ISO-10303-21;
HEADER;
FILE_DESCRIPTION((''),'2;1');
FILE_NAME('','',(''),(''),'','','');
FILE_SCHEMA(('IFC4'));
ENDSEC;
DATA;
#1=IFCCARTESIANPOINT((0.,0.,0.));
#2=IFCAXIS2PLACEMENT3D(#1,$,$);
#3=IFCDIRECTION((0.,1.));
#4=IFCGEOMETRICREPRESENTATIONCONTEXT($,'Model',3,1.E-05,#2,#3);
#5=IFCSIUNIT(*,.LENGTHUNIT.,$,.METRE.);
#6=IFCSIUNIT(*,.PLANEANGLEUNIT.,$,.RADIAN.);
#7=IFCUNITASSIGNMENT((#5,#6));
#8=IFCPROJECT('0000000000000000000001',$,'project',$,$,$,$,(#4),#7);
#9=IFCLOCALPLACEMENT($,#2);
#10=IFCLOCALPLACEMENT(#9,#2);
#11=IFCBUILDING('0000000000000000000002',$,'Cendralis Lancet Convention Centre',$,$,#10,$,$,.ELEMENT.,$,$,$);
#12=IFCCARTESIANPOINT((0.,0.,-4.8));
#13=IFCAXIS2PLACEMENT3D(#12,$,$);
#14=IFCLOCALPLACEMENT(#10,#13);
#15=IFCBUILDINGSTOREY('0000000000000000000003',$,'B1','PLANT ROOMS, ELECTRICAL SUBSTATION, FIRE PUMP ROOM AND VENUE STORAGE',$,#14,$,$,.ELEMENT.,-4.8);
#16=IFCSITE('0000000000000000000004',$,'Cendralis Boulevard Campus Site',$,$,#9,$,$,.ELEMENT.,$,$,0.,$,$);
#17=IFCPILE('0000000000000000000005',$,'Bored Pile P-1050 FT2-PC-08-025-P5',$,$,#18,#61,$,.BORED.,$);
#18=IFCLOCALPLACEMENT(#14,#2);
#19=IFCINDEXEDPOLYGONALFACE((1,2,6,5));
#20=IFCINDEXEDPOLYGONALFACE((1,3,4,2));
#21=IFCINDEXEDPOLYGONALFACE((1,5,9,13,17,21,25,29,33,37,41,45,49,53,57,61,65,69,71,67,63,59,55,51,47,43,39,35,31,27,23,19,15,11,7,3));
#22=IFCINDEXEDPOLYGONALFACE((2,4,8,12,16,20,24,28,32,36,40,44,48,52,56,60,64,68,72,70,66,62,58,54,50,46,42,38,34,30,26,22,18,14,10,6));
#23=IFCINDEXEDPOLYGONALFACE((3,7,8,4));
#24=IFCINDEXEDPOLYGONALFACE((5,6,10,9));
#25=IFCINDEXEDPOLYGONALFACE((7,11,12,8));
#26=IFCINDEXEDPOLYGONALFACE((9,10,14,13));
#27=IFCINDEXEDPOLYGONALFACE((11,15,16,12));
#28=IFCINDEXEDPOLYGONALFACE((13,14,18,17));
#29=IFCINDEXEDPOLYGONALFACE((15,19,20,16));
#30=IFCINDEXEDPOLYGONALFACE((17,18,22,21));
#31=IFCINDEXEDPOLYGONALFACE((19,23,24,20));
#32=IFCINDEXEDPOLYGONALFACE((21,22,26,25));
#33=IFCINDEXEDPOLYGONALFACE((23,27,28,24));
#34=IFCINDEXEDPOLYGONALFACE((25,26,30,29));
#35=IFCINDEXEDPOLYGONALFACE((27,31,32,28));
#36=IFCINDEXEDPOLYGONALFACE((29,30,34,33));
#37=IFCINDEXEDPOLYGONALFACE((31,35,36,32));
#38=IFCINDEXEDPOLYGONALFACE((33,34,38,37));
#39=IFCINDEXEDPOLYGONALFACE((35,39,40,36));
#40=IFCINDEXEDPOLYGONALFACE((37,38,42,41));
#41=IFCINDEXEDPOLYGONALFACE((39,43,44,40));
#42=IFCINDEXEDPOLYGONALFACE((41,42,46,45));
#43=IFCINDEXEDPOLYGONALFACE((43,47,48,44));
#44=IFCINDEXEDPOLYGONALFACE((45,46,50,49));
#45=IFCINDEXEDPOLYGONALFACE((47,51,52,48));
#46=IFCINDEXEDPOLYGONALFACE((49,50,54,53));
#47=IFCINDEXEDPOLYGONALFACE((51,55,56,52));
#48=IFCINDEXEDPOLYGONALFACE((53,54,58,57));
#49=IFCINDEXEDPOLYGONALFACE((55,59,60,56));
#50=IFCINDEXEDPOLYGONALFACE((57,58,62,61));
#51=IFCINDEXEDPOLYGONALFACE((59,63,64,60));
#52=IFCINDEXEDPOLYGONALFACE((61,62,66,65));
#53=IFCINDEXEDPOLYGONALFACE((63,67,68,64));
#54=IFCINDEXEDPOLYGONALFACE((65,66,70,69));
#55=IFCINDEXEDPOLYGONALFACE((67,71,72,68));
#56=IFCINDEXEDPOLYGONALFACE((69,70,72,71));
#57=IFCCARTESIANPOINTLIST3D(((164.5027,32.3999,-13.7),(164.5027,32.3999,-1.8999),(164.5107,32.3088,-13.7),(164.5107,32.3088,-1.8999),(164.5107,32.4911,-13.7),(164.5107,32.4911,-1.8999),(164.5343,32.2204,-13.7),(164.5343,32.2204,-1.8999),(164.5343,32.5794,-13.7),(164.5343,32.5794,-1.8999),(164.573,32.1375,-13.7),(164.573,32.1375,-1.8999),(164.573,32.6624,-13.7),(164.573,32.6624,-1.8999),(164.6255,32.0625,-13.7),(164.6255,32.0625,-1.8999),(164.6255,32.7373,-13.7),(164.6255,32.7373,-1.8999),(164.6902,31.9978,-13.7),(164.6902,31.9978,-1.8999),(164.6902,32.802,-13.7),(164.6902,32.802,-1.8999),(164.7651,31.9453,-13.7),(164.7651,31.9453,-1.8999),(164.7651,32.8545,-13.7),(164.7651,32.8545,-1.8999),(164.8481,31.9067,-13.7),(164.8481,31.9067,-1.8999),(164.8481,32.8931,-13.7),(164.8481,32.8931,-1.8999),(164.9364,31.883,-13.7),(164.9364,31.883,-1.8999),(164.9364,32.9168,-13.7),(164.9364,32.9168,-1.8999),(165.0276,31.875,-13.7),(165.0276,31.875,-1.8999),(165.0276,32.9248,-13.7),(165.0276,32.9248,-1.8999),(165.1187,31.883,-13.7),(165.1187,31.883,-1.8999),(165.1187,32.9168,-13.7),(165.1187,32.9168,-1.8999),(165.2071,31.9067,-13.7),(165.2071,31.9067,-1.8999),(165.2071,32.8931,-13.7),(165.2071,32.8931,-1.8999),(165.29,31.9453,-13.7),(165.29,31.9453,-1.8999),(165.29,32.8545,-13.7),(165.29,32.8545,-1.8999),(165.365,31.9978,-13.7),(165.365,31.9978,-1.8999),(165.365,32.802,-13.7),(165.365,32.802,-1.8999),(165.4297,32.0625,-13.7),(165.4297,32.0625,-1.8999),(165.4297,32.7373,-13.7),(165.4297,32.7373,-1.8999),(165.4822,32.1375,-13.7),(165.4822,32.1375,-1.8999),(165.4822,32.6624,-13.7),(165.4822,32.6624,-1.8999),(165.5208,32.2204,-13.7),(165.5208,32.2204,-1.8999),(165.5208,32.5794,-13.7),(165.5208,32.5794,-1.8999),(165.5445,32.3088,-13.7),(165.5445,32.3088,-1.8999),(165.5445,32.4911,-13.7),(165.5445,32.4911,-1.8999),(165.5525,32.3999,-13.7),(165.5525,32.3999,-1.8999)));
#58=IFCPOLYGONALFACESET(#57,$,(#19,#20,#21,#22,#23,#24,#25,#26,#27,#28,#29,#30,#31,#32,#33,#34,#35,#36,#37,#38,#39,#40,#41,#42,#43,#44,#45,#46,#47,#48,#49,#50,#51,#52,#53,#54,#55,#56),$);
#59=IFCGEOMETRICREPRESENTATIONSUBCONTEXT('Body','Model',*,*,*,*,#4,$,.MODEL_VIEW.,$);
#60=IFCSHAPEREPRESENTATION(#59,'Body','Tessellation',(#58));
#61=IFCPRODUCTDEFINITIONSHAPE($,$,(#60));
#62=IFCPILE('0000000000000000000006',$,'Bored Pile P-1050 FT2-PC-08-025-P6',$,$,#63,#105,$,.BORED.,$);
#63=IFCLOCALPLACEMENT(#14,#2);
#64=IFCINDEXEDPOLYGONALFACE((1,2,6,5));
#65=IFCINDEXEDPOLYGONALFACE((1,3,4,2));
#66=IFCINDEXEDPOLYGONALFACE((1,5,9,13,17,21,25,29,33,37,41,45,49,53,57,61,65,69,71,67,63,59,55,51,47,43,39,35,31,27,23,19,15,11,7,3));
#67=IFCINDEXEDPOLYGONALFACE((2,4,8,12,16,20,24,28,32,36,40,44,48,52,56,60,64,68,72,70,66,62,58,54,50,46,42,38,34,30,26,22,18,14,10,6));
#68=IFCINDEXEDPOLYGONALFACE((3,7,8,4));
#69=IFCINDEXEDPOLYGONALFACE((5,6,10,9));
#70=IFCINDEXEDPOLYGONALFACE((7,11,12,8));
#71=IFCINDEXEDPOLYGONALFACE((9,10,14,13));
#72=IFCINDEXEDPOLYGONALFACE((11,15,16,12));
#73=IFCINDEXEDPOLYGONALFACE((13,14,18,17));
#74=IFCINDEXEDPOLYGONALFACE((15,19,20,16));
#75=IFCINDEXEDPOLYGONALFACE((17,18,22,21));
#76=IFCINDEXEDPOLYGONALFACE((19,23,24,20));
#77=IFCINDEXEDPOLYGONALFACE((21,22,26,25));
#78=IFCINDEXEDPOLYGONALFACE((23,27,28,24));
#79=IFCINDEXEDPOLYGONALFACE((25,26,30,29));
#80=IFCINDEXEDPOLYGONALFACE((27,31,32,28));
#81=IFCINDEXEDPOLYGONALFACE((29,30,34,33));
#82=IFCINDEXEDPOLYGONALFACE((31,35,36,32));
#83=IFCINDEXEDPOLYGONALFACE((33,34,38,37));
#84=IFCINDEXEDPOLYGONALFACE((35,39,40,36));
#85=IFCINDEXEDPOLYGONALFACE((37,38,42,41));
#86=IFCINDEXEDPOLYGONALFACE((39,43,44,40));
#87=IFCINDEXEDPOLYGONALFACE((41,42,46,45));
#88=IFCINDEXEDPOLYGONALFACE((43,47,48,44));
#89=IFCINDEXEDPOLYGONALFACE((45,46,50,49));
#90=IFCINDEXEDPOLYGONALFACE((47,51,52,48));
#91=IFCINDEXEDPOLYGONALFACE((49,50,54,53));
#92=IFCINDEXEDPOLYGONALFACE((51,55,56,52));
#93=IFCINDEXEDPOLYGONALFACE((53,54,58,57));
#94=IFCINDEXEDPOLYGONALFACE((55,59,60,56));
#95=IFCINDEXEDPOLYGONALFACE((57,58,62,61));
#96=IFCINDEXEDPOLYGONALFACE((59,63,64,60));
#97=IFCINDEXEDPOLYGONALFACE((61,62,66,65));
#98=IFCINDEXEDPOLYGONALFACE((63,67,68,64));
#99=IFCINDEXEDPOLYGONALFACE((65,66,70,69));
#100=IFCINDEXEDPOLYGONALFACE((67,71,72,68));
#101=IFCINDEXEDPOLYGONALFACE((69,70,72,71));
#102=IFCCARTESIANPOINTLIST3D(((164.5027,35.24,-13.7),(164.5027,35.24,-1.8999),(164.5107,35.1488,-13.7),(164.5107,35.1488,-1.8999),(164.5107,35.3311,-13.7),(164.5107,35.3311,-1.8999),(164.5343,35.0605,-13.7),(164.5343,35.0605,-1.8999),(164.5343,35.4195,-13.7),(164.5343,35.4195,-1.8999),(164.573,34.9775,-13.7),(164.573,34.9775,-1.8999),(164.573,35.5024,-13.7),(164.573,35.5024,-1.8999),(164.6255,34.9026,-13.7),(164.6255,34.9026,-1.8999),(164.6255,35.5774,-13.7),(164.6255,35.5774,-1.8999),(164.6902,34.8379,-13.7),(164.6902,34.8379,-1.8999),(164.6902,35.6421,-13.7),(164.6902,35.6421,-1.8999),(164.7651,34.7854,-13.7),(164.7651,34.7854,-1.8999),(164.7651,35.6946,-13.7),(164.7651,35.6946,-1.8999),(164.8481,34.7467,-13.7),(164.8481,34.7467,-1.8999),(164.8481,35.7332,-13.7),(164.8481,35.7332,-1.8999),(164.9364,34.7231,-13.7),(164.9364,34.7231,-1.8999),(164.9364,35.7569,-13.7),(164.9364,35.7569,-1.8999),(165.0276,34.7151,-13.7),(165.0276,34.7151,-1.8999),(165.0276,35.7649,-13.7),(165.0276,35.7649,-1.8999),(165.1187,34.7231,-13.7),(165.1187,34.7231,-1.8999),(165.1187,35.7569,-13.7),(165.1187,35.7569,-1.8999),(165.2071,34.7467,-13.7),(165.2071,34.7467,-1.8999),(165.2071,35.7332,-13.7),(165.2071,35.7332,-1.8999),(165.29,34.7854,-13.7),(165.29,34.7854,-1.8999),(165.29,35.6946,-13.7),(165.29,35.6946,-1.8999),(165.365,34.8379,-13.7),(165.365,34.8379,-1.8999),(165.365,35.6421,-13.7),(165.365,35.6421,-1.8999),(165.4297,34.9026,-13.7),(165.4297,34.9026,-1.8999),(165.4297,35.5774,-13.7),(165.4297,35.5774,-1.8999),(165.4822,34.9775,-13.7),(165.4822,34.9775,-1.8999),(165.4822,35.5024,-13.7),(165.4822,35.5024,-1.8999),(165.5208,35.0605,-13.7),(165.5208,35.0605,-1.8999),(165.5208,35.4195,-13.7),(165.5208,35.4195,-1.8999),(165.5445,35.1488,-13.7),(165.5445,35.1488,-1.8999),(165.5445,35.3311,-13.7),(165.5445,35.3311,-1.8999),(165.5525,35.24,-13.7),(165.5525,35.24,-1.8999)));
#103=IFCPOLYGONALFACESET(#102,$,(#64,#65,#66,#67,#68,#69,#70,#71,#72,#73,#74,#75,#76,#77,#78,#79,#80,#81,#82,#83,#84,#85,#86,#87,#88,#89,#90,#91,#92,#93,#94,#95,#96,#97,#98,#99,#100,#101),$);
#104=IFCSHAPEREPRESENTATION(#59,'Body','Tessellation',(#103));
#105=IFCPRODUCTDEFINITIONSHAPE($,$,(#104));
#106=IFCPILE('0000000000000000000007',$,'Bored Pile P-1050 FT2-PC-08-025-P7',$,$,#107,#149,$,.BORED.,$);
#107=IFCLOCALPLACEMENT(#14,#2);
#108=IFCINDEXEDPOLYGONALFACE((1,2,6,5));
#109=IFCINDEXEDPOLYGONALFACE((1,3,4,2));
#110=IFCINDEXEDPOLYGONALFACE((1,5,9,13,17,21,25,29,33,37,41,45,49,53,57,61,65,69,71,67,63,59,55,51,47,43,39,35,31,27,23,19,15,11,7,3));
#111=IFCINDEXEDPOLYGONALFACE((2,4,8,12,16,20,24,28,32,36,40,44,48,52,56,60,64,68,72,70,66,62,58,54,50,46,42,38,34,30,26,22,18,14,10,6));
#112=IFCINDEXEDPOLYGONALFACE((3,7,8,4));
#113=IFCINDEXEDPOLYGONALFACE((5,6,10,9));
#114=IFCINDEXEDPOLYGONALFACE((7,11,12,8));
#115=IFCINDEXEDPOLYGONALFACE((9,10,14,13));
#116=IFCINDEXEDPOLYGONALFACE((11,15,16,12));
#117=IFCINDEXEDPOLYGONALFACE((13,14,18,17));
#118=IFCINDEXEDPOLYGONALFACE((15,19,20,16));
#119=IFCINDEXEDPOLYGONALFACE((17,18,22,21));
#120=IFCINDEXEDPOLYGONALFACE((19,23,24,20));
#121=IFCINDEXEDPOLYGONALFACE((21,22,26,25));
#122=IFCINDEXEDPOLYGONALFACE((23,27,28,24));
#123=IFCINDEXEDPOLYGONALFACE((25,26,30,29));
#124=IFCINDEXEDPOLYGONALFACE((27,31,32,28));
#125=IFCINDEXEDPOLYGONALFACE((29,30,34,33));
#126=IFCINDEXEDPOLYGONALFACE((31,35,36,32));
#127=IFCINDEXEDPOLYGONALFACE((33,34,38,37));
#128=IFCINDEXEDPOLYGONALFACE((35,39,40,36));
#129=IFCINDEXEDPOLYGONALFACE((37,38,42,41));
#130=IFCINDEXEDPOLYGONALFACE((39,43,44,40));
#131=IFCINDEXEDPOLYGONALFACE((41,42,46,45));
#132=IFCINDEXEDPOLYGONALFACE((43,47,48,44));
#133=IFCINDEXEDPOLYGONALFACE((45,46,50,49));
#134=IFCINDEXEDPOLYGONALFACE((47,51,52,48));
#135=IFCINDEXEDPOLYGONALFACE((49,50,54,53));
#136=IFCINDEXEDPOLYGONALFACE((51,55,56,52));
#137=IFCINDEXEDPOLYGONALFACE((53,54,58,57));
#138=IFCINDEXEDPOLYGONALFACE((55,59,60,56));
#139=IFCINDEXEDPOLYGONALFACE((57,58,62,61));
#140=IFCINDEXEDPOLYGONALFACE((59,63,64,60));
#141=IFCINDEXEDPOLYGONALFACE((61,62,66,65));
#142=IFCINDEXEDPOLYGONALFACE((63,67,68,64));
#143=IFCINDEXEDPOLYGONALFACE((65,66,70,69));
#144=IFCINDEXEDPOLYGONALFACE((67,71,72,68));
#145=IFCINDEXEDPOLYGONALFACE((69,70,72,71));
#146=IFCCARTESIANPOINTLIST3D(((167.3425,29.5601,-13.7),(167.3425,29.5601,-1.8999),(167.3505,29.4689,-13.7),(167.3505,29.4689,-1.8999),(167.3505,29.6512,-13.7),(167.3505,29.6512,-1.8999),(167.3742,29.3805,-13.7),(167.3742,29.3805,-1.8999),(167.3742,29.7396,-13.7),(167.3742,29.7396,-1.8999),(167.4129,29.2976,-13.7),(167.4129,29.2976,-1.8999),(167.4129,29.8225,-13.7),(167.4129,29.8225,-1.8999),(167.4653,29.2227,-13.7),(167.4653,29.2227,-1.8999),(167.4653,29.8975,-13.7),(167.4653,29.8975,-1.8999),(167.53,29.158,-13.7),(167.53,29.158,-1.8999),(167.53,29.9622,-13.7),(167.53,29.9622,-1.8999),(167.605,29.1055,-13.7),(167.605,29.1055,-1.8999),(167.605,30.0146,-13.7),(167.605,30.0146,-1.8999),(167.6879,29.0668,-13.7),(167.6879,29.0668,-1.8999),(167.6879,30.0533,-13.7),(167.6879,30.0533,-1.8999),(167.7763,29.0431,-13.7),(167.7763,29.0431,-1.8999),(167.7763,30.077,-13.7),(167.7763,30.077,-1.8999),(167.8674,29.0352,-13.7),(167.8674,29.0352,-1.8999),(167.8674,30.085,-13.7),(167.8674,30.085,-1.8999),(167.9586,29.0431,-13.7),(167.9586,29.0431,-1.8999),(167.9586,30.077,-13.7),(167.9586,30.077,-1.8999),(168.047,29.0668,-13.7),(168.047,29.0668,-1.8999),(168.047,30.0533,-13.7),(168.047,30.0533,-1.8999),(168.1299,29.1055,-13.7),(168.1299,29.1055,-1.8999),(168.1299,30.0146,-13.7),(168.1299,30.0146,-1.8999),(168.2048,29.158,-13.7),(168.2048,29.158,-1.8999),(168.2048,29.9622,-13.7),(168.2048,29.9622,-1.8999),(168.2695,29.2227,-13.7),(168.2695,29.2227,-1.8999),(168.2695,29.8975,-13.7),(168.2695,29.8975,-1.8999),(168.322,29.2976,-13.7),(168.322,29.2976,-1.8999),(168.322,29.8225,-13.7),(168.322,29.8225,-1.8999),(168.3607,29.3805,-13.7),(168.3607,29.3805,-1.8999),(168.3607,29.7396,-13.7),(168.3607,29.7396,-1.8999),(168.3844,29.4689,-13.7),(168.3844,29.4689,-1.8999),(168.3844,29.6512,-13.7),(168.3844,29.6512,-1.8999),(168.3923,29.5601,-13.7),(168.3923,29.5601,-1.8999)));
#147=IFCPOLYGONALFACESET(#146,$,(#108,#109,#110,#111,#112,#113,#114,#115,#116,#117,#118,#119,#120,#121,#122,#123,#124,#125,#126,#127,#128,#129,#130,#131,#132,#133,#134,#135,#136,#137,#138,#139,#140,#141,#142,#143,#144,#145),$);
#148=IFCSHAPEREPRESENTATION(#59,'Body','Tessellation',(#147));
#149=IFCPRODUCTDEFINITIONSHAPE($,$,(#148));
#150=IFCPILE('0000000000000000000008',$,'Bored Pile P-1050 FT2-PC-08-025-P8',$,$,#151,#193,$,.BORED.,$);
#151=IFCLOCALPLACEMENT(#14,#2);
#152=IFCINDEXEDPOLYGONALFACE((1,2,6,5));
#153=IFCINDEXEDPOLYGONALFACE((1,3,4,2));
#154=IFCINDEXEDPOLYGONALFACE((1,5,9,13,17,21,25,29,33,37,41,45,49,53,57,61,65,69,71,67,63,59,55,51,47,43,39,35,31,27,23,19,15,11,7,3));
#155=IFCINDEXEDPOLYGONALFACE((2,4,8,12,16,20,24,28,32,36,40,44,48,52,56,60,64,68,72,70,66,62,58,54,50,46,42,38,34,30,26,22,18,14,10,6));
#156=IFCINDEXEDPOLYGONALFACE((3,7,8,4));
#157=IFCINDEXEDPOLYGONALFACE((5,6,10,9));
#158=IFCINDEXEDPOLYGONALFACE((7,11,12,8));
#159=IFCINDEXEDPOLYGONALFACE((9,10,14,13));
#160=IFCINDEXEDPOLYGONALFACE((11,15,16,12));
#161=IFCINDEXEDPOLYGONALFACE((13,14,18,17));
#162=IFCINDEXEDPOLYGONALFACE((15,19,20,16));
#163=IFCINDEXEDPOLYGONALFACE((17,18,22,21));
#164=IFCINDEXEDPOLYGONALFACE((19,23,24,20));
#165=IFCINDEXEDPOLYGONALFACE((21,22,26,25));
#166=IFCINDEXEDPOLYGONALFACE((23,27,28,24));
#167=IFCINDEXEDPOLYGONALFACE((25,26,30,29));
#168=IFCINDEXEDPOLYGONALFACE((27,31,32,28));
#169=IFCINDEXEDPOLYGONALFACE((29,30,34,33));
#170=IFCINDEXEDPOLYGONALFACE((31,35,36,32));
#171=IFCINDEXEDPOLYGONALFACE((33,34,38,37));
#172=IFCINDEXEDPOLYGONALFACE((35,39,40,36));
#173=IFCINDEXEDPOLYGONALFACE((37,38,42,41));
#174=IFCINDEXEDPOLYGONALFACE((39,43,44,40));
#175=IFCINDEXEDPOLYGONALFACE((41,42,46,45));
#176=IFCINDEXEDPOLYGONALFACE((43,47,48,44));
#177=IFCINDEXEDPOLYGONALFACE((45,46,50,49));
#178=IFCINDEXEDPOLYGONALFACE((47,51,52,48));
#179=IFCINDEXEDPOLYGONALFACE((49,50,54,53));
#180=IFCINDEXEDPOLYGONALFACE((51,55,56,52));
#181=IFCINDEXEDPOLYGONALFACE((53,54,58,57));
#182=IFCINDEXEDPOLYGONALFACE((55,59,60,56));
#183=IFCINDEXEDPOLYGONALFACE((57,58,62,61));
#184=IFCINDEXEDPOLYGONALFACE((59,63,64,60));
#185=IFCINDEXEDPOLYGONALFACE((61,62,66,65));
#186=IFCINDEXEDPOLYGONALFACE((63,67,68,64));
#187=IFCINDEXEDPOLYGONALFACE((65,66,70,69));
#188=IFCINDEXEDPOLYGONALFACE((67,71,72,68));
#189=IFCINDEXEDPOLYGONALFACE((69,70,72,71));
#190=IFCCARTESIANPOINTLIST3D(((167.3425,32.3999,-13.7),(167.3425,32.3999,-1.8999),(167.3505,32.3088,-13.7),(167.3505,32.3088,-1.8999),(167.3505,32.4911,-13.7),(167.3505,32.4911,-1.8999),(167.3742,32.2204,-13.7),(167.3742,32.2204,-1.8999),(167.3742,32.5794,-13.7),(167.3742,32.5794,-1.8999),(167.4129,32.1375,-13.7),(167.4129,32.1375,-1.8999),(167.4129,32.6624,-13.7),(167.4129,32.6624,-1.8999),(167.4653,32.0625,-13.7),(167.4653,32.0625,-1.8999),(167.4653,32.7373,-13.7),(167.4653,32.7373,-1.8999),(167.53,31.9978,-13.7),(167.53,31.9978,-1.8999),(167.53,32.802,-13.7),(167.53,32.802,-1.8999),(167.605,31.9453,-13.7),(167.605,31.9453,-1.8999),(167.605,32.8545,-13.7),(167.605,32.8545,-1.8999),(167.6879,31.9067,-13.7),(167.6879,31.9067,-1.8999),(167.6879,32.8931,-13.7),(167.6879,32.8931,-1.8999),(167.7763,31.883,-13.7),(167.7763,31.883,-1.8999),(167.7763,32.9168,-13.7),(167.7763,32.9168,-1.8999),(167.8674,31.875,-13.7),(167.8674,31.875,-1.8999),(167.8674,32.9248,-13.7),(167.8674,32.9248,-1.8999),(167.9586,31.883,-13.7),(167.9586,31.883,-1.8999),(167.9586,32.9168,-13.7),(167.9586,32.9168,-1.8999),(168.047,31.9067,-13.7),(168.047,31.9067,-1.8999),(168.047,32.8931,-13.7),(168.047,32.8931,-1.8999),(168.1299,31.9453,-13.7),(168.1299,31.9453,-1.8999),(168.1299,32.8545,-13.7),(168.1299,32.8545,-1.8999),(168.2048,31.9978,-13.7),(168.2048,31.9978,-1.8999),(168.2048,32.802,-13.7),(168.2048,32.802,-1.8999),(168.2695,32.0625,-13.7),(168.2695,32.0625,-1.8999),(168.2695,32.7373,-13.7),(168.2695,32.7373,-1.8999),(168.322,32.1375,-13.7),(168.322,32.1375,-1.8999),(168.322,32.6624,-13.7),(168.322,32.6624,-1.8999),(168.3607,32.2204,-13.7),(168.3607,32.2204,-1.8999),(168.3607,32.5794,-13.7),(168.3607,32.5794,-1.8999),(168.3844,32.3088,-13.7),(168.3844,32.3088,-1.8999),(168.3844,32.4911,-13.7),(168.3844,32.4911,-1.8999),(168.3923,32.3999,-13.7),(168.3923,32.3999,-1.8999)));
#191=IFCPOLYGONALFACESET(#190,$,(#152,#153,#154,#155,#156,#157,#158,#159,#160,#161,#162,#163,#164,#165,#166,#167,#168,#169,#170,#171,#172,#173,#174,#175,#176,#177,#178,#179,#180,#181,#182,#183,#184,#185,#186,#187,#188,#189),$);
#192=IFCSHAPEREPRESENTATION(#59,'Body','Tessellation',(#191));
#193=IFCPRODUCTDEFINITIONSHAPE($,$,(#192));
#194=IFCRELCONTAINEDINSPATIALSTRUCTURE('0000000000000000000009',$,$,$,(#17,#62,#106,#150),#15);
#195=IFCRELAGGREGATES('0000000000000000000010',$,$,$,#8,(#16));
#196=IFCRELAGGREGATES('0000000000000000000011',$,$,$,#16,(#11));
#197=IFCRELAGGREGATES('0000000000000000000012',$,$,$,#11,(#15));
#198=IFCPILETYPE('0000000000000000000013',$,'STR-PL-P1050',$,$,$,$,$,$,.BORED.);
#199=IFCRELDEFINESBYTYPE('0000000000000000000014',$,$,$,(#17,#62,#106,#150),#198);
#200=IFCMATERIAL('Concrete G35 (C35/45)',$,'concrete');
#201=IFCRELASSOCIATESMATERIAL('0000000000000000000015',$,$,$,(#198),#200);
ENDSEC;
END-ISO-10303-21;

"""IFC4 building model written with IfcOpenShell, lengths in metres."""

from ifc_helpers import new_model, si_unit, direction, frame, origin, origin_2d, place, context, subcontext, project, spatial, circle, extrude, material, material_profile, profile_set, type_object, element, save


model = new_model("IFC4")

# Units and contexts
model_context = context("Model", 3, precision=1e-05, world=origin(), true_north=direction((0.0, 1.0)))
body_context = subcontext(model_context, "Body", "Model", "MODEL_VIEW")
ifc_project = project(units=[si_unit("LENGTHUNIT", "METRE"), si_unit("PLANEANGLEUNIT", "RADIAN")], contexts=[model_context])

# Site, building, storey
site_placement = place(None, origin())
site = spatial("IfcSite", under=ifc_project, at=site_placement, Name="Cendralis Boulevard Campus Site", CompositionType="ELEMENT", RefElevation=0.0)
building_placement = place(site_placement, origin())
building = spatial("IfcBuilding", under=site, at=building_placement, Name="Cendralis Lancet Convention Centre", CompositionType="ELEMENT")
storey_placement = place(building_placement, frame((0.0, 0.0, -4.8)))
storey = spatial("IfcBuildingStorey", under=building, at=storey_placement, Name="B1", Description="PLANT ROOMS, ELECTRICAL SUBSTATION, FIRE PUMP ROOM AND VENUE STORAGE", CompositionType="ELEMENT", Elevation=-4.8)

# Piles
ifc_material_1 = material(Name="Concrete G35 (C35/45)", Category="concrete")
ifc_material_profile_1 = material_profile(ifc_material_1, circle(Radius=0.5249, at=origin_2d()), Name="BORED PILE D1050")
ifc_profile_set_1 = profile_set([ifc_material_profile_1], Name="Concrete G35 (C35/45)")
pile_type = type_object("IfcPileType", Name="STR-PL-P1050", PredefinedType="BORED", material=ifc_profile_set_1)
for number, where, z_axis, x_axis, name in (
    (1, (165.0276, 32.3999, -1.8999), (0.0, 0.0, -1.0), (1.0, 0.0, 0.0), "Bored Pile P-1050 FT2-PC-08-025-P5"),
    (2, (165.0276, 35.24, -1.8999), (0.0, 0.0, -1.0), (1.0, 0.0, 0.0), "Bored Pile P-1050 FT2-PC-08-025-P6"),
    (3, (167.8674, 29.5601, -1.8999), (0.0, 0.0, -1.0), (1.0, 0.0, 0.0), "Bored Pile P-1050 FT2-PC-08-025-P7"),
    (4, (167.8674, 32.3999, -1.8999), (0.0, 0.0, -1.0), (1.0, 0.0, 0.0), "Bored Pile P-1050 FT2-PC-08-025-P8"),
):
    element("IfcPile", number, at=place(storey_placement, frame(where, z_axis=z_axis, x_axis=x_axis)), inside=storey, type_object=pile_type, Name=name, PredefinedType="BORED", context=body_context, shape_type="SweptSolid", body=[
        extrude(circle(Radius=0.5249, at=origin_2d()), origin(), (0.0, 0.0, 1.0), 11.8),
    ])

save(model, "model.ifc")
